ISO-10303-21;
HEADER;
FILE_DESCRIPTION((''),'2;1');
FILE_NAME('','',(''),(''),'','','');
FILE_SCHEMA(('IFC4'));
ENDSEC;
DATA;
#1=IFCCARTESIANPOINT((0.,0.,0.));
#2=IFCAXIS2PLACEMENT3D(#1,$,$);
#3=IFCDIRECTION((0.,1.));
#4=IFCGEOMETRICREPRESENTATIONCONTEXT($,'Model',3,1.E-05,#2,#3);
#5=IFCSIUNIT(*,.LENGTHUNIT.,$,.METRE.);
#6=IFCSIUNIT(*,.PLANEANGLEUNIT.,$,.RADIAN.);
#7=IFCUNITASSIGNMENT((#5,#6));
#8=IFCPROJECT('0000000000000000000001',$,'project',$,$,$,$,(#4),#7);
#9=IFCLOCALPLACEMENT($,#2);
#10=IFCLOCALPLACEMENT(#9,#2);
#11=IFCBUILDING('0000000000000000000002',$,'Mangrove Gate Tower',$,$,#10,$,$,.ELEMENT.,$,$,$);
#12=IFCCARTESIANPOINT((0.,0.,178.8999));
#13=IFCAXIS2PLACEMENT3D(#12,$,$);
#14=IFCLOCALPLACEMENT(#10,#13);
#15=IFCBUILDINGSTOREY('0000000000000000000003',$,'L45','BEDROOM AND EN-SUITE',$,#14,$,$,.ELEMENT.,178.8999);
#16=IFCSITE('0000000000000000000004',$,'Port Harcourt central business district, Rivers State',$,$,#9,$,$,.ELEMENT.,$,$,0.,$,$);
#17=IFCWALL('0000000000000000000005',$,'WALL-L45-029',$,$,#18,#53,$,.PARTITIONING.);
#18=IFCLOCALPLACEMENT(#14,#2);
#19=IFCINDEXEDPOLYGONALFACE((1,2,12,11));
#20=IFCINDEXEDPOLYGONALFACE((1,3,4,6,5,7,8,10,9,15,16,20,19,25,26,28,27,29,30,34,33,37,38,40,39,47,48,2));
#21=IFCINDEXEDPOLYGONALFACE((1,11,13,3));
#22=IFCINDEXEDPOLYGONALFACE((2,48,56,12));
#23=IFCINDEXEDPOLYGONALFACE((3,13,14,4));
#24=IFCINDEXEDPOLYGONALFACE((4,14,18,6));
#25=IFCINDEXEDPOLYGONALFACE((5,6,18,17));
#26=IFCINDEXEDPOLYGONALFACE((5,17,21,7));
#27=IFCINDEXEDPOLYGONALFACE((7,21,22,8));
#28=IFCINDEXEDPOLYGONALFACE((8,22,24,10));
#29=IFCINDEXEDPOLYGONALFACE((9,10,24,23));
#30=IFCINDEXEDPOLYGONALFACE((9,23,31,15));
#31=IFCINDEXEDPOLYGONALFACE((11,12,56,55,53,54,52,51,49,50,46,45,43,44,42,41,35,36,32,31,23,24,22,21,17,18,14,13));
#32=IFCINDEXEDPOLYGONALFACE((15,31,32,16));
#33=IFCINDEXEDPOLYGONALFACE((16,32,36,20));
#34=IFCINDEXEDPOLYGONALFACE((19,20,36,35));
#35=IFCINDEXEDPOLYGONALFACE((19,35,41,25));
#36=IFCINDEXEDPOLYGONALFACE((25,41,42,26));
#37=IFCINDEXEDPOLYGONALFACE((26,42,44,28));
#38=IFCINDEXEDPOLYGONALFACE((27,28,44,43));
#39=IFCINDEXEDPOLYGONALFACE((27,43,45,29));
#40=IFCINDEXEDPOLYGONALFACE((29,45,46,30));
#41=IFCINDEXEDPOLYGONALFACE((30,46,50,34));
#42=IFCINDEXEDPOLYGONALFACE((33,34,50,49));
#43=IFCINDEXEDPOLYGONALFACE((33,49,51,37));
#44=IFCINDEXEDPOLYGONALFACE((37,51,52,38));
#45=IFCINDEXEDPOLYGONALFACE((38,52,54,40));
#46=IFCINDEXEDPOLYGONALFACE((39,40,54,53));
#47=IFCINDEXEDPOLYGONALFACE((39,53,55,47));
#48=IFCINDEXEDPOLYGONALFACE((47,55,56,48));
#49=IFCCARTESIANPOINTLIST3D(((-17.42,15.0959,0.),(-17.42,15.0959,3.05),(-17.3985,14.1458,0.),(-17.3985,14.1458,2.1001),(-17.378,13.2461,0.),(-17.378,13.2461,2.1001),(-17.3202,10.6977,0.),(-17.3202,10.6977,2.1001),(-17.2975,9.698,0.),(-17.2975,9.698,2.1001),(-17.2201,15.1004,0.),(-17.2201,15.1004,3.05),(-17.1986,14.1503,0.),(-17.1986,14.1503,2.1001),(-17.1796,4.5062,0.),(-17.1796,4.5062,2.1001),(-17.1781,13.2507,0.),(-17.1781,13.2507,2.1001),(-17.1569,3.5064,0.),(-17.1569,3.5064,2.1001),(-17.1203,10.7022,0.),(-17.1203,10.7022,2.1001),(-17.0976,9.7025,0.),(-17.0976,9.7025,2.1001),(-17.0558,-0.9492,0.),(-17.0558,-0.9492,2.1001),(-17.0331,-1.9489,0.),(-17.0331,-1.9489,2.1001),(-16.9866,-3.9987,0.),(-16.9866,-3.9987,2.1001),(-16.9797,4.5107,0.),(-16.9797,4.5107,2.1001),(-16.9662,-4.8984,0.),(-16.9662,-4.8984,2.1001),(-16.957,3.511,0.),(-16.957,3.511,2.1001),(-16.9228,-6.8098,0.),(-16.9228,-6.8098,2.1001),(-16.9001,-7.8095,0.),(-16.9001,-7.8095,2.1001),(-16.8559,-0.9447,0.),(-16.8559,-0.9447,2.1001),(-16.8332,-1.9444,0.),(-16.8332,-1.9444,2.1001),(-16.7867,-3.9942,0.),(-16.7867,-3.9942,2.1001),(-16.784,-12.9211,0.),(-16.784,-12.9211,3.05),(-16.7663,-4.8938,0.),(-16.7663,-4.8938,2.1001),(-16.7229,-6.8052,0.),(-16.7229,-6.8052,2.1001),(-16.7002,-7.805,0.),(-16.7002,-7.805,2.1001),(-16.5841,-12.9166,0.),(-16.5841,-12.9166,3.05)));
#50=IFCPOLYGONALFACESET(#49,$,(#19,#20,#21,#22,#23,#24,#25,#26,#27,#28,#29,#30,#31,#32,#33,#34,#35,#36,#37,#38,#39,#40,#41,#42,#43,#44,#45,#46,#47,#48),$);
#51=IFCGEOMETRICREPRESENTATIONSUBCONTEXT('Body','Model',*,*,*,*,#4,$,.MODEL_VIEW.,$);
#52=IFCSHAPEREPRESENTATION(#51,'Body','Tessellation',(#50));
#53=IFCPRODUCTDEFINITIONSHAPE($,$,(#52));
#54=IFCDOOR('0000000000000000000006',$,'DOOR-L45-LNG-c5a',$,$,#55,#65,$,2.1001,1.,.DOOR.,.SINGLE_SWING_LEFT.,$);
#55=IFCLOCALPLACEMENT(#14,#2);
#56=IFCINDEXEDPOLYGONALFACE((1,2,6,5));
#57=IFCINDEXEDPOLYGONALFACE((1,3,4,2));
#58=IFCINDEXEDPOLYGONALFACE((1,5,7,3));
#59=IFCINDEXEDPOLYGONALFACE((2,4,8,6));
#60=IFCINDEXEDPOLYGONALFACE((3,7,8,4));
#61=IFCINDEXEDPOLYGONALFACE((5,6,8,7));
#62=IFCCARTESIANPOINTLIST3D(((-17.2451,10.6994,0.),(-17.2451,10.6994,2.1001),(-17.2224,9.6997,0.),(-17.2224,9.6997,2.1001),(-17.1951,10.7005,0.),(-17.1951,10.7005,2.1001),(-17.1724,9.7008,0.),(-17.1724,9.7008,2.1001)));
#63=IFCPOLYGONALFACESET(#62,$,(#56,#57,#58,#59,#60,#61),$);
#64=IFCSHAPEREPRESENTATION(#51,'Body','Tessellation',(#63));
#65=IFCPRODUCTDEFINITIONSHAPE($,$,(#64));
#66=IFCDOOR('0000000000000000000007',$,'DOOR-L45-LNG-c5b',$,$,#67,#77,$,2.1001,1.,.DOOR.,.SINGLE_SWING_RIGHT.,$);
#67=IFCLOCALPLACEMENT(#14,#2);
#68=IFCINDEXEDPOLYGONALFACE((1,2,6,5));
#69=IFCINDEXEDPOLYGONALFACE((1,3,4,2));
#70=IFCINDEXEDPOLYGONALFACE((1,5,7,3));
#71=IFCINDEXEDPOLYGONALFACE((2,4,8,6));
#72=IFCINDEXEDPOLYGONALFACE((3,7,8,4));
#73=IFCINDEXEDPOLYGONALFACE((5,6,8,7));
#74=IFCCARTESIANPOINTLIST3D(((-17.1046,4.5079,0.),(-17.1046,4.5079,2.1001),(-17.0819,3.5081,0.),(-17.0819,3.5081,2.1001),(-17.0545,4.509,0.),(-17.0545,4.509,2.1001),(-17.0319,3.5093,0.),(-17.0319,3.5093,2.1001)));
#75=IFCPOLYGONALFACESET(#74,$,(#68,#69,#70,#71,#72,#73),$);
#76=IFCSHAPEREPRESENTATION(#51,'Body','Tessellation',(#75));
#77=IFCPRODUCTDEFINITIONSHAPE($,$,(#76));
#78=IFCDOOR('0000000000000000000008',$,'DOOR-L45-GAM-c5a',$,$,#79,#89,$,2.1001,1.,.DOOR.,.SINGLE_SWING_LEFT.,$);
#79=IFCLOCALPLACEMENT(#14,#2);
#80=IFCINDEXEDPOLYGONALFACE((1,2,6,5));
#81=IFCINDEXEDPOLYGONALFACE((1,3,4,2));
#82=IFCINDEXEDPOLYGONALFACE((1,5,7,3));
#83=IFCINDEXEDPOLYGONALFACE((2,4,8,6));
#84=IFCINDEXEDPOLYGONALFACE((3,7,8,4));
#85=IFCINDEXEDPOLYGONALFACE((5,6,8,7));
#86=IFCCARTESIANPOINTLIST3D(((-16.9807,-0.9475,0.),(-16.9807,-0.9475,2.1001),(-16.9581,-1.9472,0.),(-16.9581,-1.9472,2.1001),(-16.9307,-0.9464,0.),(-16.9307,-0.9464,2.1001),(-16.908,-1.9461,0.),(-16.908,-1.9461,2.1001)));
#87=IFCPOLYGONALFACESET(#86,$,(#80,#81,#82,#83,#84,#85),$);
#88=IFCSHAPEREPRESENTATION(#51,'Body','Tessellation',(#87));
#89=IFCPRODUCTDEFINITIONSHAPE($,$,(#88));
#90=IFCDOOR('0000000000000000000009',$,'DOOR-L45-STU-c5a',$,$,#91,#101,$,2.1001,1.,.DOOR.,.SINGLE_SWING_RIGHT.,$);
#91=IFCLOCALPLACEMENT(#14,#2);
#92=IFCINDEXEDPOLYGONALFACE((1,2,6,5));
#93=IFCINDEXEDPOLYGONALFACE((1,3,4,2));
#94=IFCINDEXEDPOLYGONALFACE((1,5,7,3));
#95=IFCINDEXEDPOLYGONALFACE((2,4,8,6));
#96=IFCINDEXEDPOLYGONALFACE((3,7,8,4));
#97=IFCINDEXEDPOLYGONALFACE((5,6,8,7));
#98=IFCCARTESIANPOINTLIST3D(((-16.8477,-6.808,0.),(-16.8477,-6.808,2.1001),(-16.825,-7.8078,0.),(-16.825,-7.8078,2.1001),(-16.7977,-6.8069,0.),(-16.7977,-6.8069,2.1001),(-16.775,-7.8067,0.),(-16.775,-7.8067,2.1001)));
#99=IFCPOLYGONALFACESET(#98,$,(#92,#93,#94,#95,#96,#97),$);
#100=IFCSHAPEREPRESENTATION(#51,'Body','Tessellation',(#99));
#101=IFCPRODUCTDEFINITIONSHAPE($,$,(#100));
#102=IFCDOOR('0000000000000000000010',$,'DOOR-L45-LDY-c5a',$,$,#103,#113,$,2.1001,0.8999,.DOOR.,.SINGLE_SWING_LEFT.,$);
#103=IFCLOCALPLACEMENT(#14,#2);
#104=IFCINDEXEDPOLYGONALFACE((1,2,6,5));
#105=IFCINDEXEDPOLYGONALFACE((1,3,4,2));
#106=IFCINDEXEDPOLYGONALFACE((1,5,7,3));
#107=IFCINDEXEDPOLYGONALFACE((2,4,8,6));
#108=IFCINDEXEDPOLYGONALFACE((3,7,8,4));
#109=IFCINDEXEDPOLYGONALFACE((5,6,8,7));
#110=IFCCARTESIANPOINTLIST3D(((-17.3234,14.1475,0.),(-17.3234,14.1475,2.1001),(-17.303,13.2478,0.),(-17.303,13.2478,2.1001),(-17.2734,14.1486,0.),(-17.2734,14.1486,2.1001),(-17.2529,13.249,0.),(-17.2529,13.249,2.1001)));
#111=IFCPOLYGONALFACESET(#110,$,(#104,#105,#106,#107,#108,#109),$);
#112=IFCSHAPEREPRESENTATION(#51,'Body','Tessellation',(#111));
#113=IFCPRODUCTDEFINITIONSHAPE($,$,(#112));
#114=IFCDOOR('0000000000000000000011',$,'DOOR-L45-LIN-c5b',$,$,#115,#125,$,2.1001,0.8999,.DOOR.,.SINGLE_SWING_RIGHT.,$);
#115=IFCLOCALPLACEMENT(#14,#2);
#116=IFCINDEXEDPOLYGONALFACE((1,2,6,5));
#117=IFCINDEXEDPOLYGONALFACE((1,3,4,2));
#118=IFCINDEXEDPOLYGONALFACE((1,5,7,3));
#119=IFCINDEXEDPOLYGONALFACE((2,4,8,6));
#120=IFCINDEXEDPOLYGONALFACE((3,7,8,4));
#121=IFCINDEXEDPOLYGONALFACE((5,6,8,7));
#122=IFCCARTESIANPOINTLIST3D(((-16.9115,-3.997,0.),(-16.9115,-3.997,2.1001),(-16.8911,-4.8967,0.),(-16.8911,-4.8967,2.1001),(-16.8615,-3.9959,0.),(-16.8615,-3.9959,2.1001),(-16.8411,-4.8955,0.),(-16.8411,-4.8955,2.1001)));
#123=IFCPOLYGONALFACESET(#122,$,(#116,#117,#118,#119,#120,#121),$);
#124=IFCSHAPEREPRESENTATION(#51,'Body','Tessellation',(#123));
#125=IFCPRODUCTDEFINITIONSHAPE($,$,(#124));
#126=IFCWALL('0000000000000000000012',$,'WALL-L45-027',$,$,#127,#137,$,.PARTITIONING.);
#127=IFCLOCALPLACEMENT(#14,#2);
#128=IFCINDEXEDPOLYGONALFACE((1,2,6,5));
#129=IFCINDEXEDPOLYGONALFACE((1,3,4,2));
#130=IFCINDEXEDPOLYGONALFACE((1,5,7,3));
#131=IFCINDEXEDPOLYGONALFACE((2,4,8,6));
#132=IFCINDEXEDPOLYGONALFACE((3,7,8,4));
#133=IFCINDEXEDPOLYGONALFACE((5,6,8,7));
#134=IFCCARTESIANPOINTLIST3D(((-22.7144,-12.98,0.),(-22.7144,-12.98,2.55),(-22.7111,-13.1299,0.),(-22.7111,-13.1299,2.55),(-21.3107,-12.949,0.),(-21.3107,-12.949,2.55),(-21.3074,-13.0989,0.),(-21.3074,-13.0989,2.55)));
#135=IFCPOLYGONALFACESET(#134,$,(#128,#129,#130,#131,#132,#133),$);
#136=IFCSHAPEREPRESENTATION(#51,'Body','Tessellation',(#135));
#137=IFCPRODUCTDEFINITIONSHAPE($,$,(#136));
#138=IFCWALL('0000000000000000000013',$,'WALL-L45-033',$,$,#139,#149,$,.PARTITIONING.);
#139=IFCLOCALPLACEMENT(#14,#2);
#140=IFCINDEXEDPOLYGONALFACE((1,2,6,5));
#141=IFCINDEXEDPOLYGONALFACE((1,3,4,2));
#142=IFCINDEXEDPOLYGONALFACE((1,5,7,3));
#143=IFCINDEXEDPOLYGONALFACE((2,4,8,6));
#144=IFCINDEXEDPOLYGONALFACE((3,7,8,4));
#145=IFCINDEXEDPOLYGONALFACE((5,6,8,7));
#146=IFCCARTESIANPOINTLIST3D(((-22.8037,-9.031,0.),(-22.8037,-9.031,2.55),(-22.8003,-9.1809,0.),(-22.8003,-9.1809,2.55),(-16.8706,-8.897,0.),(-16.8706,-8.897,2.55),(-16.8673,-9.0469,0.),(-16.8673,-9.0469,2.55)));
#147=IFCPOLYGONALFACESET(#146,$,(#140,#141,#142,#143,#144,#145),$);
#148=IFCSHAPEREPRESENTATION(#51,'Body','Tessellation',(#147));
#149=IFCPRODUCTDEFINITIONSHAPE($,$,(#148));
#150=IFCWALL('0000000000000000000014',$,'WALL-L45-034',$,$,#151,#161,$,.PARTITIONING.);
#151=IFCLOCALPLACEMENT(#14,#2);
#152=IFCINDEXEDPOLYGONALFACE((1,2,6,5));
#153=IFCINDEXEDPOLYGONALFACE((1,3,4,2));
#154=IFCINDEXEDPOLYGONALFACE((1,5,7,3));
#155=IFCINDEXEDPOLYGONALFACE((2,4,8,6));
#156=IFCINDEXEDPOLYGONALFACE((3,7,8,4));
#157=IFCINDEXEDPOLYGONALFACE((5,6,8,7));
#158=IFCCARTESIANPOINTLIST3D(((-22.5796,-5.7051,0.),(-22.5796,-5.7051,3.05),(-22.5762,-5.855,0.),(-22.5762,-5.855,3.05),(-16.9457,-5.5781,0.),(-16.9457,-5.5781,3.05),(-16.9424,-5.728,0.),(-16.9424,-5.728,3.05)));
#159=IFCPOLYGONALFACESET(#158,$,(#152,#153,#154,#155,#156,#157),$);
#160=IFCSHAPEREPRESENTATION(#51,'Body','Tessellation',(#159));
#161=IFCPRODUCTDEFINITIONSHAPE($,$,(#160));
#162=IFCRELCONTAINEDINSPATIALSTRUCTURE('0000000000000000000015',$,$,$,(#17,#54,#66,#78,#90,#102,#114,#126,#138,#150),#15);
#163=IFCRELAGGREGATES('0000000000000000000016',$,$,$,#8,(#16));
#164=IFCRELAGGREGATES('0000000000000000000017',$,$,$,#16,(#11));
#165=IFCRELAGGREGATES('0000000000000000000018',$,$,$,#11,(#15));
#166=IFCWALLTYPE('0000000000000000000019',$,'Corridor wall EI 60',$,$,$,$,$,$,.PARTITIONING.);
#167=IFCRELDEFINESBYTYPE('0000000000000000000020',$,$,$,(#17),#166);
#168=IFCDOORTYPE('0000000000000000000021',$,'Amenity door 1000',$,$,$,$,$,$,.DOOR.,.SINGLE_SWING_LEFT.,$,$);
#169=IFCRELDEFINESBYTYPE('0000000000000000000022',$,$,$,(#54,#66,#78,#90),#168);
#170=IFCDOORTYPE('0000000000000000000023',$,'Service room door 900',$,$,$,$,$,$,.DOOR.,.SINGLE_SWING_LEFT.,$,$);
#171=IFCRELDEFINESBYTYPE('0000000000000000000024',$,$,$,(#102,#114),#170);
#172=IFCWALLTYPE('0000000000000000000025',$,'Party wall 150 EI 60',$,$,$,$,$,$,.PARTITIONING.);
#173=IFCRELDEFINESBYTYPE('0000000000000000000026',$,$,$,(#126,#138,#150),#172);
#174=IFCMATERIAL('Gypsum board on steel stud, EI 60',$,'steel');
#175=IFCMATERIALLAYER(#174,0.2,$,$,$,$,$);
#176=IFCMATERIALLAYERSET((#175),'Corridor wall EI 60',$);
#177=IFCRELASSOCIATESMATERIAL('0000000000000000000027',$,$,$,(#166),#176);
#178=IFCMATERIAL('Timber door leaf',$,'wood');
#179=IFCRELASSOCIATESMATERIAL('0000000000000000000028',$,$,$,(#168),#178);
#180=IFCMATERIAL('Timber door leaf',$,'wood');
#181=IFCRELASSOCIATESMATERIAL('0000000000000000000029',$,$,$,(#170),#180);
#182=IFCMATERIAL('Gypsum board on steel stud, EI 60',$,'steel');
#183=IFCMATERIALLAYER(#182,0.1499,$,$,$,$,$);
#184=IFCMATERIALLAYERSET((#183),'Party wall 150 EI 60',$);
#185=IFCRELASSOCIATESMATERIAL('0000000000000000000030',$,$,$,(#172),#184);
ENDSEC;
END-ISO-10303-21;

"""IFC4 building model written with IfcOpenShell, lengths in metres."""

from ifc_helpers import new_model, si_unit, direction, frame, frame_2d, origin, place, context, subcontext, project, spatial, rectangle, extrude, material, layer, layer_set, type_object, element, fill, save


model = new_model("IFC4")

# Units and contexts
model_context = context("Model", 3, precision=1e-05, world=origin(), true_north=direction((0.0, 1.0)))
body_context = subcontext(model_context, "Body", "Model", "MODEL_VIEW")
ifc_project = project(units=[si_unit("LENGTHUNIT", "METRE"), si_unit("PLANEANGLEUNIT", "RADIAN")], contexts=[model_context])

# Site, building, storey
site_placement = place(None, origin())
site = spatial("IfcSite", under=ifc_project, at=site_placement, Name="Port Harcourt central business district, Rivers State", CompositionType="ELEMENT", RefElevation=0.0)
building_placement = place(site_placement, origin())
building = spatial("IfcBuilding", under=site, at=building_placement, Name="Mangrove Gate Tower", CompositionType="ELEMENT")
storey_placement = place(building_placement, frame((0.0, 0.0, 178.8999)))
storey = spatial("IfcBuildingStorey", under=building, at=storey_placement, Name="L45", Description="BEDROOM AND EN-SUITE", CompositionType="ELEMENT", Elevation=178.8999)

# Shared definitions
ifc_material_1 = material(Name="Gypsum board on steel stud, EI 60", Category="steel")
ifc_layer_1 = layer(ifc_material_1, 0.2)
ifc_layer_set_1 = layer_set([ifc_layer_1], Name="Corridor wall EI 60")
wall_type_1 = type_object("IfcWallType", Name="Corridor wall EI 60", PredefinedType="PARTITIONING", material=ifc_layer_set_1)

# Shared definitions
ifc_material_2 = material(Name="Timber door leaf", Category="wood")
door_type_1 = type_object("IfcDoorType", Name="Amenity door 1000", OperationType="SINGLE_SWING_LEFT", PredefinedType="DOOR", material=ifc_material_2)

# Wall, openings, doors
wall_1_placement = place(storey_placement, frame((-16.6841, -12.9189, 0.0), z_axis=(0.0, 0.0, 1.0), x_axis=(-0.022694, 0.999742, 0.0)))
wall_1 = element("IfcWall", 1, at=wall_1_placement, inside=storey, type_object=wall_type_1, Name="WALL-L45-029", PredefinedType="PARTITIONING", context=body_context, shape_type="SweptSolid", body=[
    extrude(rectangle(XDim=28.0242, YDim=0.2, at=frame_2d((14.0122, 0.0))), origin(), (0.0, 0.0, 1.0), 3.05),
])
opening_1_placement = place(wall_1_placement, frame((22.625, 0.0, 0.0)))
opening_1 = element("IfcOpeningElement", 2, at=opening_1_placement, cuts=wall_1, PredefinedType="OPENING", context=body_context, shape_type="SweptSolid", body=[
    extrude(rectangle(XDim=1.0, YDim=2.1001, at=frame_2d((0.5, 1.05))), frame((0.0, 0.1099, 0.0), z_axis=(0.0, -1.0, 0.0), x_axis=(1.0, 0.0, 0.0)), (0.0, 0.0, 1.0), 0.22),
])
opening_2_placement = place(wall_1_placement, frame((26.1741, 0.0, 0.0)))
opening_2 = element("IfcOpeningElement", 3, at=opening_2_placement, cuts=wall_1, PredefinedType="OPENING", context=body_context, shape_type="SweptSolid", body=[
    extrude(rectangle(XDim=0.8999, YDim=2.1001, at=frame_2d((0.45, 1.05))), frame((0.0, 0.1099, 0.0), z_axis=(0.0, -1.0, 0.0), x_axis=(1.0, 0.0, 0.0)), (0.0, 0.0, 1.0), 0.22),
])
opening_3_placement = place(wall_1_placement, frame((16.4319, 0.0, 0.0)))
opening_3 = element("IfcOpeningElement", 4, at=opening_3_placement, cuts=wall_1, PredefinedType="OPENING", context=body_context, shape_type="SweptSolid", body=[
    extrude(rectangle(XDim=1.0, YDim=2.1001, at=frame_2d((0.5, 1.05))), frame((0.0, 0.1099, 0.0), z_axis=(0.0, -1.0, 0.0), x_axis=(1.0, 0.0, 0.0)), (0.0, 0.0, 1.0), 0.22),
])
opening_4_placement = place(wall_1_placement, frame((10.9751, 0.0, 0.0)))
opening_4 = element("IfcOpeningElement", 5, at=opening_4_placement, cuts=wall_1, PredefinedType="OPENING", context=body_context, shape_type="SweptSolid", body=[
    extrude(rectangle(XDim=1.0, YDim=2.1001, at=frame_2d((0.5, 1.05))), frame((0.0, 0.1099, 0.0), z_axis=(0.0, -1.0, 0.0), x_axis=(1.0, 0.0, 0.0)), (0.0, 0.0, 1.0), 0.22),
])
opening_5_placement = place(wall_1_placement, frame((8.0249, 0.0, 0.0)))
opening_5 = element("IfcOpeningElement", 6, at=opening_5_placement, cuts=wall_1, PredefinedType="OPENING", context=body_context, shape_type="SweptSolid", body=[
    extrude(rectangle(XDim=0.8999, YDim=2.1001, at=frame_2d((0.45, 1.05))), frame((0.0, 0.1099, 0.0), z_axis=(0.0, -1.0, 0.0), x_axis=(1.0, 0.0, 0.0)), (0.0, 0.0, 1.0), 0.22),
])
opening_6_placement = place(wall_1_placement, frame((5.113, 0.0, 0.0)))
opening_6 = element("IfcOpeningElement", 7, at=opening_6_placement, cuts=wall_1, PredefinedType="OPENING", context=body_context, shape_type="SweptSolid", body=[
    extrude(rectangle(XDim=1.0, YDim=2.1001, at=frame_2d((0.5, 1.05))), frame((0.0, 0.1099, 0.0), z_axis=(0.0, -1.0, 0.0), x_axis=(1.0, 0.0, 0.0)), (0.0, 0.0, 1.0), 0.22),
])
door_1_placement = place(opening_1_placement, origin())
door_1 = element("IfcDoor", 8, at=door_1_placement, inside=storey, type_object=door_type_1, Name="DOOR-L45-LNG-c5a", OperationType="SINGLE_SWING_LEFT", OverallHeight=2.1001, OverallWidth=1.0, PredefinedType="DOOR", context=body_context, shape_type="SweptSolid", body=[
    extrude(rectangle(XDim=1.0, YDim=2.1001, at=frame_2d((0.5, 1.05))), frame((0.0, 0.0249, 0.0), z_axis=(0.0, -1.0, 0.0), x_axis=(1.0, 0.0, 0.0)), (0.0, 0.0, 1.0), 0.05),
])
fill(opening_1, door_1)
door_2_placement = place(opening_3_placement, origin())
door_2 = element("IfcDoor", 9, at=door_2_placement, inside=storey, type_object=door_type_1, Name="DOOR-L45-LNG-c5b", OperationType="SINGLE_SWING_RIGHT", OverallHeight=2.1001, OverallWidth=1.0, PredefinedType="DOOR", context=body_context, shape_type="SweptSolid", body=[
    extrude(rectangle(XDim=1.0, YDim=2.1001, at=frame_2d((0.5, 1.05))), frame((0.0, 0.0249, 0.0), z_axis=(0.0, -1.0, 0.0), x_axis=(1.0, 0.0, 0.0)), (0.0, 0.0, 1.0), 0.05),
])
fill(opening_3, door_2)
door_3_placement = place(opening_4_placement, origin())
door_3 = element("IfcDoor", 10, at=door_3_placement, inside=storey, type_object=door_type_1, Name="DOOR-L45-GAM-c5a", OperationType="SINGLE_SWING_LEFT", OverallHeight=2.1001, OverallWidth=1.0, PredefinedType="DOOR", context=body_context, shape_type="SweptSolid", body=[
    extrude(rectangle(XDim=1.0, YDim=2.1001, at=frame_2d((0.5, 1.05))), frame((0.0, 0.0249, 0.0), z_axis=(0.0, -1.0, 0.0), x_axis=(1.0, 0.0, 0.0)), (0.0, 0.0, 1.0), 0.05),
])
fill(opening_4, door_3)
door_4_placement = place(opening_6_placement, origin())
door_4 = element("IfcDoor", 11, at=door_4_placement, inside=storey, type_object=door_type_1, Name="DOOR-L45-STU-c5a", OperationType="SINGLE_SWING_RIGHT", OverallHeight=2.1001, OverallWidth=1.0, PredefinedType="DOOR", context=body_context, shape_type="SweptSolid", body=[
    extrude(rectangle(XDim=1.0, YDim=2.1001, at=frame_2d((0.5, 1.05))), frame((0.0, 0.0249, 0.0), z_axis=(0.0, -1.0, 0.0), x_axis=(1.0, 0.0, 0.0)), (0.0, 0.0, 1.0), 0.05),
])
fill(opening_6, door_4)
ifc_material_3 = material(Name="Timber door leaf", Category="wood")
door_type_2 = type_object("IfcDoorType", Name="Service room door 900", OperationType="SINGLE_SWING_LEFT", PredefinedType="DOOR", material=ifc_material_3)
door_5_placement = place(opening_2_placement, origin())
door_5 = element("IfcDoor", 12, at=door_5_placement, inside=storey, type_object=door_type_2, Name="DOOR-L45-LDY-c5a", OperationType="SINGLE_SWING_LEFT", OverallHeight=2.1001, OverallWidth=0.8999, PredefinedType="DOOR", context=body_context, shape_type="SweptSolid", body=[
    extrude(rectangle(XDim=0.8999, YDim=2.1001, at=frame_2d((0.45, 1.05))), frame((0.0, 0.0249, 0.0), z_axis=(0.0, -1.0, 0.0), x_axis=(1.0, 0.0, 0.0)), (0.0, 0.0, 1.0), 0.05),
])
fill(opening_2, door_5)
door_6_placement = place(opening_5_placement, origin())
door_6 = element("IfcDoor", 13, at=door_6_placement, inside=storey, type_object=door_type_2, Name="DOOR-L45-LIN-c5b", OperationType="SINGLE_SWING_RIGHT", OverallHeight=2.1001, OverallWidth=0.8999, PredefinedType="DOOR", context=body_context, shape_type="SweptSolid", body=[
    extrude(rectangle(XDim=0.8999, YDim=2.1001, at=frame_2d((0.45, 1.05))), frame((0.0, 0.0249, 0.0), z_axis=(0.0, -1.0, 0.0), x_axis=(1.0, 0.0, 0.0)), (0.0, 0.0, 1.0), 0.05),
])
fill(opening_5, door_6)

# Walls
ifc_material_4 = material(Name="Gypsum board on steel stud, EI 60", Category="steel")
ifc_layer_2 = layer(ifc_material_4, 0.1499)
ifc_layer_set_2 = layer_set([ifc_layer_2], Name="Party wall 150 EI 60")
wall_type_2 = type_object("IfcWallType", Name="Party wall 150 EI 60", PredefinedType="PARTITIONING", material=ifc_layer_set_2)
wall_2_placement = place(storey_placement, frame((-22.7129, -13.0549, 0.0), z_axis=(0.0, 0.0, 1.0), x_axis=(0.999756, 0.022082, 0.0)))
element("IfcWall", 14, at=wall_2_placement, inside=storey, type_object=wall_type_2, Name="WALL-L45-027", PredefinedType="PARTITIONING", context=body_context, shape_type="SweptSolid", body=[
    extrude(rectangle(XDim=1.4041, YDim=0.1499, at=frame_2d((0.7021, 0.0))), origin(), (0.0, 0.0, 1.0), 2.55),
])
wall_3_placement = place(storey_placement, frame((-22.802, -9.106, 0.0), z_axis=(0.0, 0.0, 1.0), x_axis=(0.999745, 0.022585, 0.0)))
element("IfcWall", 15, at=wall_3_placement, inside=storey, type_object=wall_type_2, Name="WALL-L45-033", PredefinedType="PARTITIONING", context=body_context, shape_type="SweptSolid", body=[
    extrude(rectangle(XDim=5.9346, YDim=0.1499, at=frame_2d((2.9673, 0.0))), origin(), (0.0, 0.0, 1.0), 2.55),
])
wall_4_placement = place(storey_placement, frame((-22.5779, -5.78, 0.0), z_axis=(0.0, 0.0, 1.0), x_axis=(0.999746, 0.022529, 0.0)))
element("IfcWall", 16, at=wall_4_placement, inside=storey, type_object=wall_type_2, Name="WALL-L45-034", PredefinedType="PARTITIONING", context=body_context, shape_type="SweptSolid", body=[
    extrude(rectangle(XDim=5.6353, YDim=0.1499, at=frame_2d((2.8176, 0.0))), origin(), (0.0, 0.0, 1.0), 3.05),
])

save(model, "model.ifc")
